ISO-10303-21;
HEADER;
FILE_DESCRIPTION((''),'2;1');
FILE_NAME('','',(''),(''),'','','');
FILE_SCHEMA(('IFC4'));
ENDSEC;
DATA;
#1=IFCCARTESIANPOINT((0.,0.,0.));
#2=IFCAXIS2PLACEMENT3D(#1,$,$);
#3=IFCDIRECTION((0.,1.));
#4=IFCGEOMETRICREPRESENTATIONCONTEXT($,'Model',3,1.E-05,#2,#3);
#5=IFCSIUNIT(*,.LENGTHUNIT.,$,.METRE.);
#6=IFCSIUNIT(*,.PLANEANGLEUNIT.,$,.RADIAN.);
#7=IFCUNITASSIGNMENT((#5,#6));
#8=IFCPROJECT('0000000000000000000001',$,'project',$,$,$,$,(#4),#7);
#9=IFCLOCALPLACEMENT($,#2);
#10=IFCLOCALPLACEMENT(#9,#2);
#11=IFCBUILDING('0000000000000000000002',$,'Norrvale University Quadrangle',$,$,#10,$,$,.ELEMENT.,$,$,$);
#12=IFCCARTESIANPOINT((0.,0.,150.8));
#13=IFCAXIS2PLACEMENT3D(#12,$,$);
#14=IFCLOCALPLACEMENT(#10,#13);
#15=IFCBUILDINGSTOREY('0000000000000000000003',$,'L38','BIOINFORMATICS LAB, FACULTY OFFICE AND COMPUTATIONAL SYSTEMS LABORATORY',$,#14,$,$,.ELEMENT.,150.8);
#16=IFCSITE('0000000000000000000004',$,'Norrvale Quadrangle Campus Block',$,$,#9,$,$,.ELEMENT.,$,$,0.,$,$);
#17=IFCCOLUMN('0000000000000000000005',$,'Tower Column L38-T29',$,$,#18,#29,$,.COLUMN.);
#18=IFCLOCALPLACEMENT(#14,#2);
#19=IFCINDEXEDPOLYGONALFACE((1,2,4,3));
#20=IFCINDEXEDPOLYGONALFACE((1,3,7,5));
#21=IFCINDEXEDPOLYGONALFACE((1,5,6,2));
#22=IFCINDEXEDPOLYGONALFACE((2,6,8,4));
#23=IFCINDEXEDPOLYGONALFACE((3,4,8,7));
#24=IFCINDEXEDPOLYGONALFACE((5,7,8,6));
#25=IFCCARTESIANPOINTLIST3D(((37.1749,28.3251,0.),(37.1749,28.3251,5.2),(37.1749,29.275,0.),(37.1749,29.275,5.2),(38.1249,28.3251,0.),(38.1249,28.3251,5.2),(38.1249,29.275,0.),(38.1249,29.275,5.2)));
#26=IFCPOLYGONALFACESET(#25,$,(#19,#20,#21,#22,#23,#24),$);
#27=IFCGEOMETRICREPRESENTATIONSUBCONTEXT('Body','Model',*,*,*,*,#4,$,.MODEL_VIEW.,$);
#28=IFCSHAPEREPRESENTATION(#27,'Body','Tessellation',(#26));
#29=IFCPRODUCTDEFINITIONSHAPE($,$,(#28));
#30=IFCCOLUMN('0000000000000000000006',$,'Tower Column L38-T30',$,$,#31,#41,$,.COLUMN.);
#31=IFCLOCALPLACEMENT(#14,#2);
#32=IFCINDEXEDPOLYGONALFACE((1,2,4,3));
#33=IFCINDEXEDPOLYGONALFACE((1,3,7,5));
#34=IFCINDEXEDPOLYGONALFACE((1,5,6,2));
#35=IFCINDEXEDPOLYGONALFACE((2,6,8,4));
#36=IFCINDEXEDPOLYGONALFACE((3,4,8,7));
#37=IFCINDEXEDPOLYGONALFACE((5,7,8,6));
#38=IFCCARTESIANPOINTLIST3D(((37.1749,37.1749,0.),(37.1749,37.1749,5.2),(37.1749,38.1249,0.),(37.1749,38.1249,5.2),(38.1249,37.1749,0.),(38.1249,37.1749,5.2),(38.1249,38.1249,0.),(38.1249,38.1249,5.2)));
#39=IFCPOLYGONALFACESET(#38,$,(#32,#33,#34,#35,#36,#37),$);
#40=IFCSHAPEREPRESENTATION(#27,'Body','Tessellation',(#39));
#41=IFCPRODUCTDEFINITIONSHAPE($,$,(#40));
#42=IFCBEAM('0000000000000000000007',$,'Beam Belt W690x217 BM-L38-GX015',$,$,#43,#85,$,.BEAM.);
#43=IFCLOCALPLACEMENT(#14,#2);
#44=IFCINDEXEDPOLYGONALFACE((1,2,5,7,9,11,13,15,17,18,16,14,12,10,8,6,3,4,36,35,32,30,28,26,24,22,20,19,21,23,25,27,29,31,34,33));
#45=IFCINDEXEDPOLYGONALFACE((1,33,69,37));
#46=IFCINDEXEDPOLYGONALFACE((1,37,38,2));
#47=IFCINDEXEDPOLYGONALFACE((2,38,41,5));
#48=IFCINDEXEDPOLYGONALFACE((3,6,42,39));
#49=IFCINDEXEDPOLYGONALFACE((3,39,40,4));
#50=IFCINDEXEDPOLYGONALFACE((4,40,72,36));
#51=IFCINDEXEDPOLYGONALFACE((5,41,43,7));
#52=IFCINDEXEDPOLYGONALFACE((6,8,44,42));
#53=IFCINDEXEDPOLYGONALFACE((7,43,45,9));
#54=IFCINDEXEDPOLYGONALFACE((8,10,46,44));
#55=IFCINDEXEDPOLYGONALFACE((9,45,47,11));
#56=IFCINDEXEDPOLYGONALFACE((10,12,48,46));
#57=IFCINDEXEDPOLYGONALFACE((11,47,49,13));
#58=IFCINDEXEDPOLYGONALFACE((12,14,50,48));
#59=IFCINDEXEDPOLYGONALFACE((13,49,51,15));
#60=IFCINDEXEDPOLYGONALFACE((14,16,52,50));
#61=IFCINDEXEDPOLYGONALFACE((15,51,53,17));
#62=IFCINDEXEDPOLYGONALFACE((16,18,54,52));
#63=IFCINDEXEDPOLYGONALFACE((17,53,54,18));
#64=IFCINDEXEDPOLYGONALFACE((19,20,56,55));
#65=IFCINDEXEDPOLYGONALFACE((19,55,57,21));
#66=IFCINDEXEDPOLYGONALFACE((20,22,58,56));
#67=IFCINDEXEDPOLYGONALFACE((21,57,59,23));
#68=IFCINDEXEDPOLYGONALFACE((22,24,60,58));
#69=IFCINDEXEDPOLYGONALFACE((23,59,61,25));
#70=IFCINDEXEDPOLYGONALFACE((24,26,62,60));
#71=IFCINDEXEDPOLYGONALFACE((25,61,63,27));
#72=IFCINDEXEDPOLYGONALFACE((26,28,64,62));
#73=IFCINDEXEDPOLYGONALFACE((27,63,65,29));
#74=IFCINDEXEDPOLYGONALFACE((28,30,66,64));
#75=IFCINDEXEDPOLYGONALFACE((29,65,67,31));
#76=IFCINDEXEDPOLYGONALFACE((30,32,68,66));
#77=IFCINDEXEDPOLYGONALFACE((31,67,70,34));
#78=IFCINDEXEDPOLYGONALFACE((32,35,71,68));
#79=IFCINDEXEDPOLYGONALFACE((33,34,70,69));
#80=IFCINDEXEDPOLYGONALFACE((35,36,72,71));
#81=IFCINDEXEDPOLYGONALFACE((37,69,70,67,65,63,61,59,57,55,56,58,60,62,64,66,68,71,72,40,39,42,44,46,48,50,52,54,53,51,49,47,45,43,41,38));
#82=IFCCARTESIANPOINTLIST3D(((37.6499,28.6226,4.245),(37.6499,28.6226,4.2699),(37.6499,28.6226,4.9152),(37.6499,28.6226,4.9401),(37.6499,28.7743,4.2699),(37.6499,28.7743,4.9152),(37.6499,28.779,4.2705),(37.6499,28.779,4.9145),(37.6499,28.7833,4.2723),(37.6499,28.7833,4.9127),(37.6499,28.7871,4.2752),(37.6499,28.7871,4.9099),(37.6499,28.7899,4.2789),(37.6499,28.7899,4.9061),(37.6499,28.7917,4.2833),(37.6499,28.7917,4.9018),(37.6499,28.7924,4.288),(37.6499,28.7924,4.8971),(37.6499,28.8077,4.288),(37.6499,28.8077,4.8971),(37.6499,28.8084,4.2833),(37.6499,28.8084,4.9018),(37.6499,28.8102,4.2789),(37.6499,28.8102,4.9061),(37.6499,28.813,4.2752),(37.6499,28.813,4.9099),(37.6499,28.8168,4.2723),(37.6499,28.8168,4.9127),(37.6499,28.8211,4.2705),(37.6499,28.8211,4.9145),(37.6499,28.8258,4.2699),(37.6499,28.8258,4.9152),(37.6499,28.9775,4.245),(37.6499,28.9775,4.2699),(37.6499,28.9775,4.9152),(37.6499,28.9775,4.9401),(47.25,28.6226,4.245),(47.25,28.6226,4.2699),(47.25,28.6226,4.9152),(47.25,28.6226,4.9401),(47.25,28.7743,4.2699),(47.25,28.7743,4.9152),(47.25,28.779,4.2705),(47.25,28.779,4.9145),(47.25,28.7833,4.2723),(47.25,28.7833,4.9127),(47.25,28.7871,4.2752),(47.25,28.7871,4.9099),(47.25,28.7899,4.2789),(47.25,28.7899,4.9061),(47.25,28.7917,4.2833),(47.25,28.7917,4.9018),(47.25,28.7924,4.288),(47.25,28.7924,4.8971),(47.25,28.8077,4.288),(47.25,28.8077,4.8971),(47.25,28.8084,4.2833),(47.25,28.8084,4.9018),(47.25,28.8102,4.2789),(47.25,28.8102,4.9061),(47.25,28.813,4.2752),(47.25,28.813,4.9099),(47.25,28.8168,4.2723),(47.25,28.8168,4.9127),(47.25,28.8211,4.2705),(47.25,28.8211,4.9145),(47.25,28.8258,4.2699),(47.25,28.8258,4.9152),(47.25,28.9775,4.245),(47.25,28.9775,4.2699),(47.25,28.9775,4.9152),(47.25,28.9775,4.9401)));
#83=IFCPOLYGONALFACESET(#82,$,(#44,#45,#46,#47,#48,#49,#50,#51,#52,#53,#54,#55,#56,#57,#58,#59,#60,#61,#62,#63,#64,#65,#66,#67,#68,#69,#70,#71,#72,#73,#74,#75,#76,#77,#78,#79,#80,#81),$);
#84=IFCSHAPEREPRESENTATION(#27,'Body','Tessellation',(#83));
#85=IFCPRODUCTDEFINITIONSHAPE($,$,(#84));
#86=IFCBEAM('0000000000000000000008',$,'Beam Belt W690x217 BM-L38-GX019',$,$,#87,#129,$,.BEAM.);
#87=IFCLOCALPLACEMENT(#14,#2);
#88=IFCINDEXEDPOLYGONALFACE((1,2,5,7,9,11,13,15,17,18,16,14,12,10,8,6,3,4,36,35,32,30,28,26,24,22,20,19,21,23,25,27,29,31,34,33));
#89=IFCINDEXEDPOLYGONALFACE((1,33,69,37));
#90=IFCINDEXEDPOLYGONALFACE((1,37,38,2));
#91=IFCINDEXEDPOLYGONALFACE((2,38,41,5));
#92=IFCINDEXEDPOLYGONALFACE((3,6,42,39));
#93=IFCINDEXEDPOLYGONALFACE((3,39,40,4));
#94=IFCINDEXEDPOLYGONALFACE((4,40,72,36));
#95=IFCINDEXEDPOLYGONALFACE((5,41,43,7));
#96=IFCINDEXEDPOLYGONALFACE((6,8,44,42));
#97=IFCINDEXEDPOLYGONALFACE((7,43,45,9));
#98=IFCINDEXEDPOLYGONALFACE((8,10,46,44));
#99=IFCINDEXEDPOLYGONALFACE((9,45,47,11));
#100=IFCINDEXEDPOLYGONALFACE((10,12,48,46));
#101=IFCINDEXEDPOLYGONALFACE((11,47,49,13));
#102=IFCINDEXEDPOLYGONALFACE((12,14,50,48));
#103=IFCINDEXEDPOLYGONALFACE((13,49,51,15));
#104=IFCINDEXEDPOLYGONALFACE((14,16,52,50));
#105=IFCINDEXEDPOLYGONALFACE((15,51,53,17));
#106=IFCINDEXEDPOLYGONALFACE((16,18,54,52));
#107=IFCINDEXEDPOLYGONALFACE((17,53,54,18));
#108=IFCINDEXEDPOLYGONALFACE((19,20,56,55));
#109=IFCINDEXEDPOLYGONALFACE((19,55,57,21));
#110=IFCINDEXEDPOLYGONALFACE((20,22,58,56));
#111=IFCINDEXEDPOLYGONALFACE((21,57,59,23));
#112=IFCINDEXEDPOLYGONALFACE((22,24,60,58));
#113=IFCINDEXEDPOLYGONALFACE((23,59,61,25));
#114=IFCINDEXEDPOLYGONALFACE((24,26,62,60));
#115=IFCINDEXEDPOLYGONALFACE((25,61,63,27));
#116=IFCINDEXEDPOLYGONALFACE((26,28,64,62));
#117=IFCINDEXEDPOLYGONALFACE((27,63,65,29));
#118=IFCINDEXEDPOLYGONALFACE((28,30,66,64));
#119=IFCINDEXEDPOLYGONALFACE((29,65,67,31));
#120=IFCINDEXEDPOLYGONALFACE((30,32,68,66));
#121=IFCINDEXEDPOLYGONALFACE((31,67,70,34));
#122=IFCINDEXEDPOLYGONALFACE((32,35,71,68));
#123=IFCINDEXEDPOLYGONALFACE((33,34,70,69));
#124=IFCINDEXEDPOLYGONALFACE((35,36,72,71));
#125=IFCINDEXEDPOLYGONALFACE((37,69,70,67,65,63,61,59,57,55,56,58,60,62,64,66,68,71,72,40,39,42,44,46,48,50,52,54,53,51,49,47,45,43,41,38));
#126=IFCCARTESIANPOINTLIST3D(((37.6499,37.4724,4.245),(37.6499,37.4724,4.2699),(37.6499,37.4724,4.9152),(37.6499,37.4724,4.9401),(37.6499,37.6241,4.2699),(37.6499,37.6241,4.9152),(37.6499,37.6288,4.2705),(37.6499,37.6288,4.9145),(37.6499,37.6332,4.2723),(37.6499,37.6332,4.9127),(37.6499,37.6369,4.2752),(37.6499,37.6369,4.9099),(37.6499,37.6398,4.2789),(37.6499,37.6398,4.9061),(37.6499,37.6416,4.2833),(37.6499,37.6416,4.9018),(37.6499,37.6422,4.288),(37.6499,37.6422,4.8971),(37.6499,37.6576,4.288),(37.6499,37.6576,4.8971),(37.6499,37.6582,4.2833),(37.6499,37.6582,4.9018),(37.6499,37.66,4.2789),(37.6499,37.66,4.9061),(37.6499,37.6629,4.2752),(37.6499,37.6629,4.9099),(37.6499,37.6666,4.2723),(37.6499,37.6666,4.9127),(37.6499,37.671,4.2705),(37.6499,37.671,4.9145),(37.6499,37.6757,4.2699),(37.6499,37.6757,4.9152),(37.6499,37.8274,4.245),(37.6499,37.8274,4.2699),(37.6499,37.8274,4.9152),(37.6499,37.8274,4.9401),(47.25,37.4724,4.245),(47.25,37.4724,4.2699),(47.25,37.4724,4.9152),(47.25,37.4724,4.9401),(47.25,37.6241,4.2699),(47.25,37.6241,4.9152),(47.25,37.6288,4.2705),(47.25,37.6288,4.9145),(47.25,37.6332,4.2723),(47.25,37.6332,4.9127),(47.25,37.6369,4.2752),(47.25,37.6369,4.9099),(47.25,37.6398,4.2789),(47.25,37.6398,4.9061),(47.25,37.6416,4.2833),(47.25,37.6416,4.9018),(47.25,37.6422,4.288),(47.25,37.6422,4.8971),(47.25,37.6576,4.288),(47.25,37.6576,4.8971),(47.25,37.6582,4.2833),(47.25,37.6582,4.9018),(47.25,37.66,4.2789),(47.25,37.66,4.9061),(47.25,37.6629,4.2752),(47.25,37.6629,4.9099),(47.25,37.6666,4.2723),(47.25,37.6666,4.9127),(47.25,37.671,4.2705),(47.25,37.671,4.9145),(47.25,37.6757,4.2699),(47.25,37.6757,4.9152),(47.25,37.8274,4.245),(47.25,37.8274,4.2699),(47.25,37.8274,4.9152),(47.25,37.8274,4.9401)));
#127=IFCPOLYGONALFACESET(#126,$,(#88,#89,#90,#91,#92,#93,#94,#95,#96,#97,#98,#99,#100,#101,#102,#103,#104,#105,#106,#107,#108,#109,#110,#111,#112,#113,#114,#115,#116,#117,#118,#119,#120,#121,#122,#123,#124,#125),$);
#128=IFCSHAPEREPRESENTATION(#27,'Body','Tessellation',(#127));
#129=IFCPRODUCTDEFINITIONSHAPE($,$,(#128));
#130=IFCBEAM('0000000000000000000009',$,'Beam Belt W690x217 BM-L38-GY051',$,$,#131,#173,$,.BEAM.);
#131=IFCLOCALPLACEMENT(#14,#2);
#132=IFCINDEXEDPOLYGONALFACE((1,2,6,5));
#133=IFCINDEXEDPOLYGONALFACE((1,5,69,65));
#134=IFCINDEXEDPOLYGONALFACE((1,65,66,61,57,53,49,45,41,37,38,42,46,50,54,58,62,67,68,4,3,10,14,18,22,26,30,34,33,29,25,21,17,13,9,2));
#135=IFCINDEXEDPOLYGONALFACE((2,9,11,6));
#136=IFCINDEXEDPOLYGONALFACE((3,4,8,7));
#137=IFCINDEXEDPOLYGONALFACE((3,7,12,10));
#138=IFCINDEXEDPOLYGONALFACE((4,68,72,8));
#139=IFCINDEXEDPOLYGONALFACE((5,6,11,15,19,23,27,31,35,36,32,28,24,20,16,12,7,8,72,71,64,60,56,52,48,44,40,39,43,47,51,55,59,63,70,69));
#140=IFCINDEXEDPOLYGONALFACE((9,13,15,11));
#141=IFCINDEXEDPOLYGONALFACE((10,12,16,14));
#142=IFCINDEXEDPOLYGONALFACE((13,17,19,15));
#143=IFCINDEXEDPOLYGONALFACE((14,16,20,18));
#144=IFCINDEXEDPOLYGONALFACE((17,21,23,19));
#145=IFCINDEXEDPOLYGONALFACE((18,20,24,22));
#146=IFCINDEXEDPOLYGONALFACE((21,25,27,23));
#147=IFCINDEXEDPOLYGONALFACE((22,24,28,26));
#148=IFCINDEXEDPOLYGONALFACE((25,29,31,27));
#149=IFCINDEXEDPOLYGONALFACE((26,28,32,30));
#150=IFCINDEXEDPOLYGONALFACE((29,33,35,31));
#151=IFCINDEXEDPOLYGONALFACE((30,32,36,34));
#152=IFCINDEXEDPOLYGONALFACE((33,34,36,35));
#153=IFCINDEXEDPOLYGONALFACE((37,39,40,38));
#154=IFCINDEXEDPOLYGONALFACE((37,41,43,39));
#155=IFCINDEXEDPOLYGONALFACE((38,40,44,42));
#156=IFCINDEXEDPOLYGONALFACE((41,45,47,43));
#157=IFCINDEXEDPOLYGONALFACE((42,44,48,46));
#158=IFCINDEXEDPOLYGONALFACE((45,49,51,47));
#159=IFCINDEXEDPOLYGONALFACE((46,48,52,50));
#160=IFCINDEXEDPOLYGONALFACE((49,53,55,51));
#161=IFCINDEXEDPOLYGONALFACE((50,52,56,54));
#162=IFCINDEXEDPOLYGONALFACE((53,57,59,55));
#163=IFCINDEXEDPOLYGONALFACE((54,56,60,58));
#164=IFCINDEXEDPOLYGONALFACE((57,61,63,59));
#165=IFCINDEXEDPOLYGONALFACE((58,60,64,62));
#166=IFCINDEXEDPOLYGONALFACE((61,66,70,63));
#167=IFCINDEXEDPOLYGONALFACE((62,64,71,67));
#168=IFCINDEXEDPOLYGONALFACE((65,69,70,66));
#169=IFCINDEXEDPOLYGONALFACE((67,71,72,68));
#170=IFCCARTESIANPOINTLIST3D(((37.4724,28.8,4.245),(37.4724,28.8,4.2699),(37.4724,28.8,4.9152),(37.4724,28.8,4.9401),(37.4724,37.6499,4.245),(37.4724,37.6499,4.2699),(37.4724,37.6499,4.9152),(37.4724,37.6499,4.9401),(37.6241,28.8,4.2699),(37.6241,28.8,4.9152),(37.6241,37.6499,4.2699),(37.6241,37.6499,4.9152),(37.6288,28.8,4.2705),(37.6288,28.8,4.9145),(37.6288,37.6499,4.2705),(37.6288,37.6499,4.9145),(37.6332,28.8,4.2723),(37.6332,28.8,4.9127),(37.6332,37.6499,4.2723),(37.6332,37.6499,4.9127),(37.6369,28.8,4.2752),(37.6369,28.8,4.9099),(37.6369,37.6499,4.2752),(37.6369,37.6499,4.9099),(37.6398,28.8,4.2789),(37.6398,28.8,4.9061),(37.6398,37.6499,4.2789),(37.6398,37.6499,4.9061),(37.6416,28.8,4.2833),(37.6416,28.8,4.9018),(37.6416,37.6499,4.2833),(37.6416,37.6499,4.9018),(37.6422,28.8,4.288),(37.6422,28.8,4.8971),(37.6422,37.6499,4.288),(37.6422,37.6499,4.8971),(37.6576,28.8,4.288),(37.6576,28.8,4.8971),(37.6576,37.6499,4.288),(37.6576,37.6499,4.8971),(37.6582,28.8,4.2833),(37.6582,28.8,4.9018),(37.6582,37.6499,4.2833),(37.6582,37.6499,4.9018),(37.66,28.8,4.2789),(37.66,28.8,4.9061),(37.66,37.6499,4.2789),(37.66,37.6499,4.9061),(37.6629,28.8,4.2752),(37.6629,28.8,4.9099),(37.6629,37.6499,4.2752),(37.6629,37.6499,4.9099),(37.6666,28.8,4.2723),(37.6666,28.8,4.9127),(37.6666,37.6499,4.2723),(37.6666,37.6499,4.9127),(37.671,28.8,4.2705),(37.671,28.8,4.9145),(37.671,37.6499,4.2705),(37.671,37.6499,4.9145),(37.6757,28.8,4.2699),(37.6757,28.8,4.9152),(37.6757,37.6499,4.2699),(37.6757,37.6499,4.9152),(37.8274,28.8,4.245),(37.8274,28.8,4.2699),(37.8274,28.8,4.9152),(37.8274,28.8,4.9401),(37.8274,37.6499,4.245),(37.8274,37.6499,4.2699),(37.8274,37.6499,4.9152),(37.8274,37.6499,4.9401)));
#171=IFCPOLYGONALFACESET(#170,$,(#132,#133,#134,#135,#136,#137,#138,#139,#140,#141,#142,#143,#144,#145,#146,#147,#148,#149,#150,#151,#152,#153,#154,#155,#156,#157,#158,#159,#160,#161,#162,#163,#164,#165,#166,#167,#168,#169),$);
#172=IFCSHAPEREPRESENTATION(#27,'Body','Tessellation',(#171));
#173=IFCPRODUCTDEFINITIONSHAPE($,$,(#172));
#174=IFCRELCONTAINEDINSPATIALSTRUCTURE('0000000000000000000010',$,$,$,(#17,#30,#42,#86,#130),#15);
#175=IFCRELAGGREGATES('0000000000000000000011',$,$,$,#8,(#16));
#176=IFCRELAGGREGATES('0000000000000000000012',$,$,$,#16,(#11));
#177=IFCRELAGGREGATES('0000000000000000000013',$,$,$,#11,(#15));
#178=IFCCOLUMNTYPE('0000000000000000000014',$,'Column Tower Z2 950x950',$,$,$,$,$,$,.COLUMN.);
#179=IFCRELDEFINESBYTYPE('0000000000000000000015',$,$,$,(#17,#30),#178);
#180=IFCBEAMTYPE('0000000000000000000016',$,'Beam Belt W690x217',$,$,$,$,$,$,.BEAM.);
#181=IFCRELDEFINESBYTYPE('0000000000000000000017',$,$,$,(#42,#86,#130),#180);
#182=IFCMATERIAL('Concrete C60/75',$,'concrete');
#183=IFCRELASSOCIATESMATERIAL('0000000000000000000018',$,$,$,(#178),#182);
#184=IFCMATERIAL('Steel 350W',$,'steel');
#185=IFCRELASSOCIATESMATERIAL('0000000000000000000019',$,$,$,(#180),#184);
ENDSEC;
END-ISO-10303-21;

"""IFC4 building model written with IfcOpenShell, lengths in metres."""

from ifc_helpers import new_model, si_unit, direction, frame, origin, origin_2d, place, context, subcontext, project, spatial, rectangle, i_section, extrude, material, material_profile, profile_set, type_object, element, save


model = new_model("IFC4")

# Units and contexts
model_context = context("Model", 3, precision=1e-05, world=origin(), true_north=direction((0.0, 1.0)))
body_context = subcontext(model_context, "Body", "Model", "MODEL_VIEW")
ifc_project = project(units=[si_unit("LENGTHUNIT", "METRE"), si_unit("PLANEANGLEUNIT", "RADIAN")], contexts=[model_context])

# Site, building, storey
site_placement = place(None, origin())
site = spatial("IfcSite", under=ifc_project, at=site_placement, Name="Norrvale Quadrangle Campus Block", CompositionType="ELEMENT", RefElevation=0.0)
building_placement = place(site_placement, origin())
building = spatial("IfcBuilding", under=site, at=building_placement, Name="Norrvale University Quadrangle", CompositionType="ELEMENT")
storey_placement = place(building_placement, frame((0.0, 0.0, 150.8)))
storey = spatial("IfcBuildingStorey", under=building, at=storey_placement, Name="L38", Description="BIOINFORMATICS LAB, FACULTY OFFICE AND COMPUTATIONAL SYSTEMS LABORATORY", CompositionType="ELEMENT", Elevation=150.8)

# Columns
ifc_material_1 = material(Name="Concrete C60/75", Category="concrete")
ifc_material_profile_1 = material_profile(ifc_material_1, rectangle(XDim=0.95, YDim=0.95, at=origin_2d()), Name="Concrete C60/75")
ifc_profile_set_1 = profile_set([ifc_material_profile_1], Name="Concrete C60/75")
column_type = type_object("IfcColumnType", Name="Column Tower Z2 950x950", PredefinedType="COLUMN", material=ifc_profile_set_1)
for number, where, z_axis, x_axis, name in (
    (1, (37.6499, 28.8, 0.0), (0.0, 0.0, 1.0), (1.0, 0.0, 0.0), "Tower Column L38-T29"),
    (2, (37.6499, 37.6499, 0.0), (0.0, 0.0, 1.0), (1.0, 0.0, 0.0), "Tower Column L38-T30"),
):
    element("IfcColumn", number, at=place(storey_placement, frame(where, z_axis=z_axis, x_axis=x_axis)), inside=storey, type_object=column_type, Name=name, PredefinedType="COLUMN", context=body_context, shape_type="SweptSolid", body=[
        extrude(rectangle(XDim=0.95, YDim=0.95, at=origin_2d()), origin(), (0.0, 0.0, 1.0), 5.2),
    ])

# Beams
ifc_material_2 = material(Name="Steel 350W", Category="steel")
ifc_material_profile_2 = material_profile(ifc_material_2, i_section(OverallWidth=0.355, OverallDepth=0.6951, WebThickness=0.0154, FlangeThickness=0.0249, FilletRadius=0.0181, at=origin_2d()), Name="Steel 350W")
ifc_profile_set_2 = profile_set([ifc_material_profile_2], Name="Steel 350W")
beam_type_1 = type_object("IfcBeamType", Name="Beam Belt W690x217", PredefinedType="BEAM", material=ifc_profile_set_2)
for number, where, z_axis, x_axis, name in (
    (3, (37.6499, 28.8, 4.5925), (1.0, 0.0, 0.0), (0.0, 1.0, 0.0), "Beam Belt W690x217 BM-L38-GX015"),
    (4, (37.6499, 37.6499, 4.5925), (1.0, 0.0, 0.0), (0.0, 1.0, 0.0), "Beam Belt W690x217 BM-L38-GX019"),
):
    element("IfcBeam", number, at=place(storey_placement, frame(where, z_axis=z_axis, x_axis=x_axis)), inside=storey, type_object=beam_type_1, Name=name, PredefinedType="BEAM", context=body_context, shape_type="SweptSolid", body=[
        extrude(i_section(OverallWidth=0.355, OverallDepth=0.6951, WebThickness=0.0154, FlangeThickness=0.0249, FilletRadius=0.0181, at=origin_2d()), origin(), (0.0, 0.0, 1.0), 9.6001),
    ])
beam_1_placement = place(storey_placement, frame((37.6499, 28.8, 4.5925), z_axis=(0.0, 1.0, 0.0), x_axis=(-1.0, 0.0, 0.0)))
element("IfcBeam", 5, at=beam_1_placement, inside=storey, type_object=beam_type_1, Name="Beam Belt W690x217 BM-L38-GY051", PredefinedType="BEAM", context=body_context, shape_type="SweptSolid", body=[
    extrude(i_section(OverallWidth=0.355, OverallDepth=0.6951, WebThickness=0.0154, FlangeThickness=0.0249, FilletRadius=0.0181, at=origin_2d()), origin(), (0.0, 0.0, 1.0), 8.8499),
])

save(model, "model.ifc")
